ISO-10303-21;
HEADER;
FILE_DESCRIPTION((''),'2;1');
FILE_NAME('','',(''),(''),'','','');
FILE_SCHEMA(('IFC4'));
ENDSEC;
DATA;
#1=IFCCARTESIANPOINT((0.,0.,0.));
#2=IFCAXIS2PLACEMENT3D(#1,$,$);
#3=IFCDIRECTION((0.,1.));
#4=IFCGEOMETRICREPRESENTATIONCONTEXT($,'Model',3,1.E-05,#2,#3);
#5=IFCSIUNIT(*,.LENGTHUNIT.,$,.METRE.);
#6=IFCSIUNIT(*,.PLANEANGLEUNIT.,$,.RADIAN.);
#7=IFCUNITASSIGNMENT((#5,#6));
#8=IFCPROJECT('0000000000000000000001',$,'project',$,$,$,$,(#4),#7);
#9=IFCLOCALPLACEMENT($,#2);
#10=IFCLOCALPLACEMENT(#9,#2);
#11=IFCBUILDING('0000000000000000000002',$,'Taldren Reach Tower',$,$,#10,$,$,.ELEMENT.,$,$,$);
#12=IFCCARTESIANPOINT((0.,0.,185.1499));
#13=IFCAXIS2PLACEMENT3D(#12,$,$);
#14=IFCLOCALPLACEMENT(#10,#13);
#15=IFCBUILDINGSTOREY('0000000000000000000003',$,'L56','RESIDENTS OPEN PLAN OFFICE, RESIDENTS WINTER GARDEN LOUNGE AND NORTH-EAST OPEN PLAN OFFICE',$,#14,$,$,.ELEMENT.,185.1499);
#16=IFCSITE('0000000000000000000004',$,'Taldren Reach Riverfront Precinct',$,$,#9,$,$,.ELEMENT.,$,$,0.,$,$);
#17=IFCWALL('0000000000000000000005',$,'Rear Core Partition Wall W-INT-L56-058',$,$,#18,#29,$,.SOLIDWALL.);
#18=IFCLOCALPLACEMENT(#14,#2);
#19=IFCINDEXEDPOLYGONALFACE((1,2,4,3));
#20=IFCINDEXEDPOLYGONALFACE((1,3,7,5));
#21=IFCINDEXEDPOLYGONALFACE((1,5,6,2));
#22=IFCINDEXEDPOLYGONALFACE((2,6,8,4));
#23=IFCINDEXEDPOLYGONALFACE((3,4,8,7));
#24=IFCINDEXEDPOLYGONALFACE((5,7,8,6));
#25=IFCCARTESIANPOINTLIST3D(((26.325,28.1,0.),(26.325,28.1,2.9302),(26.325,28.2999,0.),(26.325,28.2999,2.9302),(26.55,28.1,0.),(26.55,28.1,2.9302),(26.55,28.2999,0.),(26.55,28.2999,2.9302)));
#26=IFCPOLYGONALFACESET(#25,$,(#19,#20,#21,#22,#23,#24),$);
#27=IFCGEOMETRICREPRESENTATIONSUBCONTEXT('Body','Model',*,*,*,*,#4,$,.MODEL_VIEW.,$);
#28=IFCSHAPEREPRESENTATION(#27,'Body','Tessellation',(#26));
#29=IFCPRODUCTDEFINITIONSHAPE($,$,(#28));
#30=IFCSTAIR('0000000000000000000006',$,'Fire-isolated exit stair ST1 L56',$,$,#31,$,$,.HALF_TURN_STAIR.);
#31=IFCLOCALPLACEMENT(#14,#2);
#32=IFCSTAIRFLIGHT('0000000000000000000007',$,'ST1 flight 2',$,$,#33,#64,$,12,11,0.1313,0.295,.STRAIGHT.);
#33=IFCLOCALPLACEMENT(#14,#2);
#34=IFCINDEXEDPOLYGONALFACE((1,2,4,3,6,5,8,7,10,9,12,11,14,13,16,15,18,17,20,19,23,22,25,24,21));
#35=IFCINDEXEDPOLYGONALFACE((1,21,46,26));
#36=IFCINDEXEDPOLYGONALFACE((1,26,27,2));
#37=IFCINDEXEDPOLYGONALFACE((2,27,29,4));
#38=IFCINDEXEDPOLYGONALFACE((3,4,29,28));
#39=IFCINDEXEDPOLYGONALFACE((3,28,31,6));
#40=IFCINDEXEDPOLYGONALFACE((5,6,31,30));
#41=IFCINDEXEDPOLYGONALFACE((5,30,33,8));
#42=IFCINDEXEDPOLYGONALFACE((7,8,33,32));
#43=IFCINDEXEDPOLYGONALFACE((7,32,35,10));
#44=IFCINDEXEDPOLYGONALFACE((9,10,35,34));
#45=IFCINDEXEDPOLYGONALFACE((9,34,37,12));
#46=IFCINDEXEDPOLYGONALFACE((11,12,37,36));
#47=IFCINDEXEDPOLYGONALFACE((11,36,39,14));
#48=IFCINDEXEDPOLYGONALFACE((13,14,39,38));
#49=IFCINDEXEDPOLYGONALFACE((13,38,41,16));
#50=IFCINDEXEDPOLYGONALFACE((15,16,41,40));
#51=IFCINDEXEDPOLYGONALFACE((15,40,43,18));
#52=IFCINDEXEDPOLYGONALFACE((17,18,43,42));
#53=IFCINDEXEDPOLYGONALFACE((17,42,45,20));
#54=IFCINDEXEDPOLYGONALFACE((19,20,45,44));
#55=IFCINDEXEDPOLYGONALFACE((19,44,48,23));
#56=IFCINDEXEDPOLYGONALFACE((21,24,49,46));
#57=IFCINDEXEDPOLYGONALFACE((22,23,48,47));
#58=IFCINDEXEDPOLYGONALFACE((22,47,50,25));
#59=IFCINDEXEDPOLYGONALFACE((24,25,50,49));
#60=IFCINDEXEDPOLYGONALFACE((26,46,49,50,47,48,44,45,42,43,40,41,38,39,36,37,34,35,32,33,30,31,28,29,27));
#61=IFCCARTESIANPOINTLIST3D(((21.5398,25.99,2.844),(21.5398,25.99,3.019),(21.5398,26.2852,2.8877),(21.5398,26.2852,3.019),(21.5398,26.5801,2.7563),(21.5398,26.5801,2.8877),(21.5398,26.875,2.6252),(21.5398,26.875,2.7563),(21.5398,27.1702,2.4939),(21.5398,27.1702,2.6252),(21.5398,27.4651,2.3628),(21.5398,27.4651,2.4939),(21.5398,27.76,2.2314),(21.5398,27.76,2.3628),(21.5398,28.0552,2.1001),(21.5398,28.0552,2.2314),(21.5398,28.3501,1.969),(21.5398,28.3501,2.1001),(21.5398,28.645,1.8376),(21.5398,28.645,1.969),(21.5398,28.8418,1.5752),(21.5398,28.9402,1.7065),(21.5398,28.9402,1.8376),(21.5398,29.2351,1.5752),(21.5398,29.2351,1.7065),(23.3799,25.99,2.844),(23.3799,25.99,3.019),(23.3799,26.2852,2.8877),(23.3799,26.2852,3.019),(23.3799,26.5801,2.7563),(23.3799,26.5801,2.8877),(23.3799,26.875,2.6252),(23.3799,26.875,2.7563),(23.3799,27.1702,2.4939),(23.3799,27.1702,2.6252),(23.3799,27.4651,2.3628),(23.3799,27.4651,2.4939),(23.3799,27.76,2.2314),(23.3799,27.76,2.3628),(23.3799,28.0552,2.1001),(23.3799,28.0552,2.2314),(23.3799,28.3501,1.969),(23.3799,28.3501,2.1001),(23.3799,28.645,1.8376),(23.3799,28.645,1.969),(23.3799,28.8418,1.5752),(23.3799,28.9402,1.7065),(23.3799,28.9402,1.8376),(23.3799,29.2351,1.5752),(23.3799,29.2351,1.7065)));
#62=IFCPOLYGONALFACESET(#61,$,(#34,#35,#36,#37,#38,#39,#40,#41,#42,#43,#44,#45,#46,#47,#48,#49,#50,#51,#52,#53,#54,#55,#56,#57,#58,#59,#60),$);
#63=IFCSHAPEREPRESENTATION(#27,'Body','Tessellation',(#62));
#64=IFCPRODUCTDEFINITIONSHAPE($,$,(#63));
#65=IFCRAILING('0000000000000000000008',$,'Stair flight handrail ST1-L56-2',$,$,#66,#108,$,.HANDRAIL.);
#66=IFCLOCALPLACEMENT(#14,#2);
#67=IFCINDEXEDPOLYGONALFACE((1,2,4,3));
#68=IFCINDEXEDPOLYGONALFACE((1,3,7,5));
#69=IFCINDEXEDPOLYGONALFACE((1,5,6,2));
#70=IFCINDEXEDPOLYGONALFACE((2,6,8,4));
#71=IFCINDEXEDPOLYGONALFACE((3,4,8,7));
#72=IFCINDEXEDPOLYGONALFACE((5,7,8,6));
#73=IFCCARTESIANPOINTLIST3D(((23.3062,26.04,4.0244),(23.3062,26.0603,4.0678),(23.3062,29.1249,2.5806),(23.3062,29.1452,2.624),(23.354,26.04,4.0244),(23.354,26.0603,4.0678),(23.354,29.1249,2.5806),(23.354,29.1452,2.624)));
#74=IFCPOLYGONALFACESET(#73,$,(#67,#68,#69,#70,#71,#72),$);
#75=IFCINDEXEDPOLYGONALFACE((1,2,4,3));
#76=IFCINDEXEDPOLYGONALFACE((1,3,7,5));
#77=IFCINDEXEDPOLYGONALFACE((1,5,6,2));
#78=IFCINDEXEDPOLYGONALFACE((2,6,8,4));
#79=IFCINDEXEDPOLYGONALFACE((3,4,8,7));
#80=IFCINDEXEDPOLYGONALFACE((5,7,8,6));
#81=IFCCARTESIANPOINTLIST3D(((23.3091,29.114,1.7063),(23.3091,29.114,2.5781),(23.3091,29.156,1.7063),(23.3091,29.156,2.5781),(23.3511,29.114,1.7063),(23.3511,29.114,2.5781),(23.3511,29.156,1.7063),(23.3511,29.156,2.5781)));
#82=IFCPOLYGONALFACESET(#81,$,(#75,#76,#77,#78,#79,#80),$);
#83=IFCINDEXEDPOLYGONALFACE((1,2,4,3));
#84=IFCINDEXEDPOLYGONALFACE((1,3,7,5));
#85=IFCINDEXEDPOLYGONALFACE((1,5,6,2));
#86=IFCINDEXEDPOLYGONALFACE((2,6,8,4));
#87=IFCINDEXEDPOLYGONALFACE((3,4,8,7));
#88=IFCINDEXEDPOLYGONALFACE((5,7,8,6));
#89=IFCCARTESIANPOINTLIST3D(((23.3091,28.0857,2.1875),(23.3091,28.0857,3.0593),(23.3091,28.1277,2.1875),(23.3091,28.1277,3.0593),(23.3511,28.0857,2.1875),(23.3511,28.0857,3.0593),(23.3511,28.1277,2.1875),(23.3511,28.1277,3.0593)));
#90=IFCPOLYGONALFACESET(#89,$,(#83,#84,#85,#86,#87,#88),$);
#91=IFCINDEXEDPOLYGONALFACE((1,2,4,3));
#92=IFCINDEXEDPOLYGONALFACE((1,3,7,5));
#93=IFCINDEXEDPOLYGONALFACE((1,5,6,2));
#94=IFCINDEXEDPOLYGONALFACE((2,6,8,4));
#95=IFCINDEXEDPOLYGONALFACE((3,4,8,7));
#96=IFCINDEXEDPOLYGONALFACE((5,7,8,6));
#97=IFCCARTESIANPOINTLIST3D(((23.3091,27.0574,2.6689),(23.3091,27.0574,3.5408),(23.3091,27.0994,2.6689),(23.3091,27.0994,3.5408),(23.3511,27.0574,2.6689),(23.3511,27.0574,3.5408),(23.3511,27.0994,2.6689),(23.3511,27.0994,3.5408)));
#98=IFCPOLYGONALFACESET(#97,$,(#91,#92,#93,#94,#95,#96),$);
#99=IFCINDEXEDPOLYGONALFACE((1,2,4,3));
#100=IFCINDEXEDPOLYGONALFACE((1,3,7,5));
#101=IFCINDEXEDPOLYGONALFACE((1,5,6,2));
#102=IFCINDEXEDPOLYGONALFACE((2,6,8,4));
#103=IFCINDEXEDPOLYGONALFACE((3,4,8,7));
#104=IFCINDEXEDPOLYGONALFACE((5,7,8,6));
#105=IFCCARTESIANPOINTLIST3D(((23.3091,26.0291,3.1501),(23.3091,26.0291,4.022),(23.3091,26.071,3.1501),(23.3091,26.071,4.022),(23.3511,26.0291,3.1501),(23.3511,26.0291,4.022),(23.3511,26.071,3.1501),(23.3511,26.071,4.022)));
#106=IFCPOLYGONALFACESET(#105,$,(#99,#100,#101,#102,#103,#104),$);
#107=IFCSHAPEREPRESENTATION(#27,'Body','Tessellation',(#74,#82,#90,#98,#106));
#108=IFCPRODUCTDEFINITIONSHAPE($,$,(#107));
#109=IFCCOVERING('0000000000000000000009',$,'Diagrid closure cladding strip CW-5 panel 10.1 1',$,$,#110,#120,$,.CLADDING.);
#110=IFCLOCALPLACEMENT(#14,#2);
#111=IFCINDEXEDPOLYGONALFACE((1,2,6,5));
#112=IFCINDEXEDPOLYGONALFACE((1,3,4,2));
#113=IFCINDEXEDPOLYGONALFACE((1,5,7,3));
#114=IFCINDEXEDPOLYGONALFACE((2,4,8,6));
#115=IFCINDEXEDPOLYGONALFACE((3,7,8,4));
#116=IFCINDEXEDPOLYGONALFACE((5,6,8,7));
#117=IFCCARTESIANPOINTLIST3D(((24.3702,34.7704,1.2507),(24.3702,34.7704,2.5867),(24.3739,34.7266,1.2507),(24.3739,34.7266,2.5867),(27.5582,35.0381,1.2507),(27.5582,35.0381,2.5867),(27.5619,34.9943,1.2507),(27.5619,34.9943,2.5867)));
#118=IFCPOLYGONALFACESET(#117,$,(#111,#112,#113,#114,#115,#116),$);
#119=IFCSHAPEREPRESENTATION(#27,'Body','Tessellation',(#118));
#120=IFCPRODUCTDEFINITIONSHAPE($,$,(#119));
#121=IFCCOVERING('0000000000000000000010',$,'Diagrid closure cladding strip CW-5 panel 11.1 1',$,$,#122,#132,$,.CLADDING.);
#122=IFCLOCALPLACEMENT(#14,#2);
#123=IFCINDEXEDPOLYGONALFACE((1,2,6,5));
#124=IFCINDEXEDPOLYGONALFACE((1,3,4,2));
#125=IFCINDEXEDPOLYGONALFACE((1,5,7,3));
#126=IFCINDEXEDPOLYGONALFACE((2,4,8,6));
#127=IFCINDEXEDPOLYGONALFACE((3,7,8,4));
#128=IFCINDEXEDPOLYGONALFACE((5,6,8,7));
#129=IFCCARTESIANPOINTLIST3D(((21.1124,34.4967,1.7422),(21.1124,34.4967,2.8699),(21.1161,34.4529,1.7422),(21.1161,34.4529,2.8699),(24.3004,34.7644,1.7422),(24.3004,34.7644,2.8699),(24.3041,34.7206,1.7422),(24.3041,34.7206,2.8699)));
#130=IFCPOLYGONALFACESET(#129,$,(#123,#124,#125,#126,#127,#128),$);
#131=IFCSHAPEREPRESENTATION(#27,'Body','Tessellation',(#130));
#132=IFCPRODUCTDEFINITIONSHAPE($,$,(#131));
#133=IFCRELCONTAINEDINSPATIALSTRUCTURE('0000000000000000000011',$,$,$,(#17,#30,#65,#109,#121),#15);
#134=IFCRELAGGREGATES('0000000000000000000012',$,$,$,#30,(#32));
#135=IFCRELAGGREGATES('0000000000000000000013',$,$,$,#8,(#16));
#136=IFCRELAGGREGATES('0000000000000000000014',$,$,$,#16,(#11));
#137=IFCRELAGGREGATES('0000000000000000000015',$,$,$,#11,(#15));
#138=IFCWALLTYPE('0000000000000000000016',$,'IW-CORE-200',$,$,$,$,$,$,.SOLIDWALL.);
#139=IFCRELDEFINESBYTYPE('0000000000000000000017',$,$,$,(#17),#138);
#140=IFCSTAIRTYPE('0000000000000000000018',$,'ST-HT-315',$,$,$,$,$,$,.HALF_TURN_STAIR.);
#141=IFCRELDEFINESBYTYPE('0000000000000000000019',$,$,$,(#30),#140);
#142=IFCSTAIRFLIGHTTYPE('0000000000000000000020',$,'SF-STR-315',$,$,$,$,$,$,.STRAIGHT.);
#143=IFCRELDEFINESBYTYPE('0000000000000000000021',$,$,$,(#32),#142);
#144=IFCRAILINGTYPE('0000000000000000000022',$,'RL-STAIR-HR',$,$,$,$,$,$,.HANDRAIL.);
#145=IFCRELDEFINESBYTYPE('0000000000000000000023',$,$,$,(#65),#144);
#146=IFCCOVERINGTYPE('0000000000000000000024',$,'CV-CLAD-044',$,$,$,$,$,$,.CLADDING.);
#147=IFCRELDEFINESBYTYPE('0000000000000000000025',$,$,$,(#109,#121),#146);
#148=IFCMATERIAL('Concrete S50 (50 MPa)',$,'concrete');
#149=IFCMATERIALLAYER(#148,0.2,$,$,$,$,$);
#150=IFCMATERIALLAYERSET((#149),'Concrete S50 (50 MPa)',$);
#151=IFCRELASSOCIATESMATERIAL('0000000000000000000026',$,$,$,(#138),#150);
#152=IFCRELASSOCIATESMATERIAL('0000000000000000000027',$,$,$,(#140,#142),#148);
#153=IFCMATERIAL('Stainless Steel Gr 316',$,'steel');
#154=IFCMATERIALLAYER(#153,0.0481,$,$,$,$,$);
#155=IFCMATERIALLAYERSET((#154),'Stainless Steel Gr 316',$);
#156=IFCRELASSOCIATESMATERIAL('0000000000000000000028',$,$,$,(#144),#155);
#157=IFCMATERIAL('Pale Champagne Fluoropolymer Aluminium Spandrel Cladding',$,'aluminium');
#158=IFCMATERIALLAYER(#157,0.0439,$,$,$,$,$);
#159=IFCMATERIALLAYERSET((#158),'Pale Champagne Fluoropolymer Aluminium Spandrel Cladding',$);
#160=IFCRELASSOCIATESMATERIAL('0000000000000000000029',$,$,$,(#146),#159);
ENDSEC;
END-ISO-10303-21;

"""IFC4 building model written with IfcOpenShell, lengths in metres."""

from ifc_helpers import new_model, si_unit, direction, frame, frame_2d, origin, origin_2d, place, context, subcontext, project, spatial, polyline, rectangle, outline, extrude, source, transform, mapped, material, layer, layer_set, type_object, element, aggregate, save


model = new_model("IFC4")

# Units and contexts
model_context = context("Model", 3, precision=1e-05, world=origin(), true_north=direction((0.0, 1.0)))
body_context = subcontext(model_context, "Body", "Model", "MODEL_VIEW")
ifc_project = project(units=[si_unit("LENGTHUNIT", "METRE"), si_unit("PLANEANGLEUNIT", "RADIAN")], contexts=[model_context])

# Site, building, storey
site_placement = place(None, origin())
site = spatial("IfcSite", under=ifc_project, at=site_placement, Name="Taldren Reach Riverfront Precinct", CompositionType="ELEMENT", RefElevation=0.0)
building_placement = place(site_placement, origin())
building = spatial("IfcBuilding", under=site, at=building_placement, Name="Taldren Reach Tower", CompositionType="ELEMENT")
storey_placement = place(building_placement, frame((0.0, 0.0, 185.1499)))
storey = spatial("IfcBuildingStorey", under=building, at=storey_placement, Name="L56", Description="RESIDENTS OPEN PLAN OFFICE, RESIDENTS WINTER GARDEN LOUNGE AND NORTH-EAST OPEN PLAN OFFICE", CompositionType="ELEMENT", Elevation=185.1499)

# Shared definitions
ifc_material_1 = material(Name="Concrete S50 (50 MPa)", Category="concrete")
ifc_layer_1 = layer(ifc_material_1, 0.2)
ifc_layer_set_1 = layer_set([ifc_layer_1], Name="Concrete S50 (50 MPa)")
wall_type_1 = type_object("IfcWallType", Name="IW-CORE-200", PredefinedType="SOLIDWALL", material=ifc_layer_set_1)

# Wall
shared_shape_1 = source(origin(), body_context, "Body", "SweptSolid", [
    extrude(rectangle(XDim=0.2251, YDim=0.2, at=frame_2d((0.1125, 0.0))), origin(), (0.0, 0.0, 1.0), 2.9302),
])
wall_1_placement = place(storey_placement, frame((26.325, 28.2, 0.0), z_axis=(0.0, 0.0, 1.0), x_axis=(1.0, 0.0, 0.0)))
element("IfcWall", 1, at=wall_1_placement, inside=storey, type_object=wall_type_1, Name="Rear Core Partition Wall W-INT-L56-058", PredefinedType="SOLIDWALL", context=body_context, shape_type="MappedRepresentation", body=[
    mapped(shared_shape_1, transform((0.0, 0.0, 0.0), scale=1.0)),
])

# Stair, stair flight
stair_type = type_object("IfcStairType", Name="ST-HT-315", PredefinedType="HALF_TURN_STAIR", material=ifc_material_1)
stair_placement = place(storey_placement, origin())
stair = element("IfcStair", 2, at=stair_placement, inside=storey, type_object=stair_type, Name="Fire-isolated exit stair ST1 L56", PredefinedType="HALF_TURN_STAIR")
stair_flight_type = type_object("IfcStairFlightType", Name="SF-STR-315", PredefinedType="STRAIGHT", material=ifc_material_1)
stair_flight_placement = place(storey_placement, frame((22.46, 29.2351, 1.5752), z_axis=(0.0, 0.0, 1.0), x_axis=(0.0, -1.0, 0.0)))
stair_flight = element("IfcStairFlight", 3, at=stair_flight_placement, type_object=stair_flight_type, Name="ST1 flight 2", NumberOfRisers=12, NumberOfTreads=11, PredefinedType="STRAIGHT", RiserHeight=0.1313, TreadLength=0.295, context=body_context, shape_type="SweptSolid", body=[
    extrude(outline(polyline([(0.0, 0.0), (0.0, 0.1313), (0.2949, 0.1313), (0.2949, 0.2625), (0.5901, 0.2625), (0.5901, 0.3938), (0.885, 0.3938), (0.885, 0.5249), (1.1799, 0.5249), (1.1799, 0.6562), (1.4751, 0.6562), (1.4751, 0.7876), (1.77, 0.7876), (1.77, 0.9187), (2.0649, 0.9187), (2.0649, 1.05), (2.3601, 1.05), (2.3601, 1.1812), (2.655, 1.1812), (2.655, 1.3125), (2.95, 1.3125), (2.95, 1.4438), (3.2451, 1.4438), (3.2451, 1.575), (3.2451, 1.2688), (0.3933, 0.0), (0.0, 0.0)])), frame((0.0, 0.9199, 0.0), z_axis=(0.0, -1.0, 0.0), x_axis=(1.0, 0.0, 0.0)), (0.0, 0.0, 1.0), 1.8401),
])
aggregate(stair, [stair_flight])

# Railing
ifc_material_2 = material(Name="Stainless Steel Gr 316", Category="steel")
ifc_layer_2 = layer(ifc_material_2, 0.0481)
ifc_layer_set_2 = layer_set([ifc_layer_2], Name="Stainless Steel Gr 316")
railing_type = type_object("IfcRailingType", Name="RL-STAIR-HR", PredefinedType="HANDRAIL", material=ifc_layer_set_2)
railing_placement = place(storey_placement, frame((23.3301, 29.135, 1.7063)))
element("IfcRailing", 4, at=railing_placement, inside=storey, type_object=railing_type, Name="Stair flight handrail ST1-L56-2", PredefinedType="HANDRAIL", context=body_context, shape_type="SweptSolid", body=[
    extrude(rectangle(XDim=0.0479, YDim=0.0479, at=origin_2d()), frame((0.0, 0.0, 0.896), z_axis=(0.0, -0.90571, 0.423898), x_axis=(1.0, 0.0, 0.0)), (0.0, 0.0, 1.0), 3.406),
    extrude(rectangle(XDim=0.042, YDim=0.042, at=origin_2d()), origin(), (0.0, 0.0, 1.0), 0.8718),
    extrude(rectangle(XDim=0.042, YDim=0.042, at=origin_2d()), frame((0.0, -1.0283, 0.4812)), (0.0, 0.0, 1.0), 0.8718),
    extrude(rectangle(XDim=0.042, YDim=0.042, at=origin_2d()), frame((0.0, -2.0566, 0.9626)), (0.0, 0.0, 1.0), 0.8718),
    extrude(rectangle(XDim=0.042, YDim=0.042, at=origin_2d()), frame((0.0, -3.085, 1.4438)), (0.0, 0.0, 1.0), 0.8718),
])

# Coverings
ifc_material_3 = material(Name="Pale Champagne Fluoropolymer Aluminium Spandrel Cladding", Category="aluminium")
ifc_layer_3 = layer(ifc_material_3, 0.0439)
ifc_layer_set_3 = layer_set([ifc_layer_3], Name="Pale Champagne Fluoropolymer Aluminium Spandrel Cladding")
covering_type = type_object("IfcCoveringType", Name="CV-CLAD-044", PredefinedType="CLADDING", material=ifc_layer_set_3)
shared_shape_2 = source(origin(), body_context, "Body", "SweptSolid", [
    extrude(rectangle(XDim=3.1992, YDim=0.0439, at=origin_2d()), origin(), (0.0, 0.0, 1.0), 1.3359),
])
covering_1_placement = place(storey_placement, frame((25.9661, 34.8823, 1.2507), z_axis=(0.0, 0.0, 1.0), x_axis=(-0.996493, -0.083678, 0.0)))
element("IfcCovering", 5, at=covering_1_placement, inside=storey, type_object=covering_type, Name="Diagrid closure cladding strip CW-5 panel 10.1 1", PredefinedType="CLADDING", context=body_context, shape_type="MappedRepresentation", body=[
    mapped(shared_shape_2, transform((0.0, 0.0, 0.0), scale=1.0)),
])
shared_shape_3 = source(origin(), body_context, "Body", "SweptSolid", [
    extrude(rectangle(XDim=3.1992, YDim=0.0439, at=origin_2d()), origin(), (0.0, 0.0, 1.0), 1.1277),
])
covering_2_placement = place(storey_placement, frame((22.7083, 34.6086, 1.7422), z_axis=(0.0, 0.0, 1.0), x_axis=(-0.996493, -0.083678, 0.0)))
element("IfcCovering", 6, at=covering_2_placement, inside=storey, type_object=covering_type, Name="Diagrid closure cladding strip CW-5 panel 11.1 1", PredefinedType="CLADDING", context=body_context, shape_type="MappedRepresentation", body=[
    mapped(shared_shape_3, transform((0.0, 0.0, 0.0), scale=1.0)),
])

save(model, "model.ifc")
